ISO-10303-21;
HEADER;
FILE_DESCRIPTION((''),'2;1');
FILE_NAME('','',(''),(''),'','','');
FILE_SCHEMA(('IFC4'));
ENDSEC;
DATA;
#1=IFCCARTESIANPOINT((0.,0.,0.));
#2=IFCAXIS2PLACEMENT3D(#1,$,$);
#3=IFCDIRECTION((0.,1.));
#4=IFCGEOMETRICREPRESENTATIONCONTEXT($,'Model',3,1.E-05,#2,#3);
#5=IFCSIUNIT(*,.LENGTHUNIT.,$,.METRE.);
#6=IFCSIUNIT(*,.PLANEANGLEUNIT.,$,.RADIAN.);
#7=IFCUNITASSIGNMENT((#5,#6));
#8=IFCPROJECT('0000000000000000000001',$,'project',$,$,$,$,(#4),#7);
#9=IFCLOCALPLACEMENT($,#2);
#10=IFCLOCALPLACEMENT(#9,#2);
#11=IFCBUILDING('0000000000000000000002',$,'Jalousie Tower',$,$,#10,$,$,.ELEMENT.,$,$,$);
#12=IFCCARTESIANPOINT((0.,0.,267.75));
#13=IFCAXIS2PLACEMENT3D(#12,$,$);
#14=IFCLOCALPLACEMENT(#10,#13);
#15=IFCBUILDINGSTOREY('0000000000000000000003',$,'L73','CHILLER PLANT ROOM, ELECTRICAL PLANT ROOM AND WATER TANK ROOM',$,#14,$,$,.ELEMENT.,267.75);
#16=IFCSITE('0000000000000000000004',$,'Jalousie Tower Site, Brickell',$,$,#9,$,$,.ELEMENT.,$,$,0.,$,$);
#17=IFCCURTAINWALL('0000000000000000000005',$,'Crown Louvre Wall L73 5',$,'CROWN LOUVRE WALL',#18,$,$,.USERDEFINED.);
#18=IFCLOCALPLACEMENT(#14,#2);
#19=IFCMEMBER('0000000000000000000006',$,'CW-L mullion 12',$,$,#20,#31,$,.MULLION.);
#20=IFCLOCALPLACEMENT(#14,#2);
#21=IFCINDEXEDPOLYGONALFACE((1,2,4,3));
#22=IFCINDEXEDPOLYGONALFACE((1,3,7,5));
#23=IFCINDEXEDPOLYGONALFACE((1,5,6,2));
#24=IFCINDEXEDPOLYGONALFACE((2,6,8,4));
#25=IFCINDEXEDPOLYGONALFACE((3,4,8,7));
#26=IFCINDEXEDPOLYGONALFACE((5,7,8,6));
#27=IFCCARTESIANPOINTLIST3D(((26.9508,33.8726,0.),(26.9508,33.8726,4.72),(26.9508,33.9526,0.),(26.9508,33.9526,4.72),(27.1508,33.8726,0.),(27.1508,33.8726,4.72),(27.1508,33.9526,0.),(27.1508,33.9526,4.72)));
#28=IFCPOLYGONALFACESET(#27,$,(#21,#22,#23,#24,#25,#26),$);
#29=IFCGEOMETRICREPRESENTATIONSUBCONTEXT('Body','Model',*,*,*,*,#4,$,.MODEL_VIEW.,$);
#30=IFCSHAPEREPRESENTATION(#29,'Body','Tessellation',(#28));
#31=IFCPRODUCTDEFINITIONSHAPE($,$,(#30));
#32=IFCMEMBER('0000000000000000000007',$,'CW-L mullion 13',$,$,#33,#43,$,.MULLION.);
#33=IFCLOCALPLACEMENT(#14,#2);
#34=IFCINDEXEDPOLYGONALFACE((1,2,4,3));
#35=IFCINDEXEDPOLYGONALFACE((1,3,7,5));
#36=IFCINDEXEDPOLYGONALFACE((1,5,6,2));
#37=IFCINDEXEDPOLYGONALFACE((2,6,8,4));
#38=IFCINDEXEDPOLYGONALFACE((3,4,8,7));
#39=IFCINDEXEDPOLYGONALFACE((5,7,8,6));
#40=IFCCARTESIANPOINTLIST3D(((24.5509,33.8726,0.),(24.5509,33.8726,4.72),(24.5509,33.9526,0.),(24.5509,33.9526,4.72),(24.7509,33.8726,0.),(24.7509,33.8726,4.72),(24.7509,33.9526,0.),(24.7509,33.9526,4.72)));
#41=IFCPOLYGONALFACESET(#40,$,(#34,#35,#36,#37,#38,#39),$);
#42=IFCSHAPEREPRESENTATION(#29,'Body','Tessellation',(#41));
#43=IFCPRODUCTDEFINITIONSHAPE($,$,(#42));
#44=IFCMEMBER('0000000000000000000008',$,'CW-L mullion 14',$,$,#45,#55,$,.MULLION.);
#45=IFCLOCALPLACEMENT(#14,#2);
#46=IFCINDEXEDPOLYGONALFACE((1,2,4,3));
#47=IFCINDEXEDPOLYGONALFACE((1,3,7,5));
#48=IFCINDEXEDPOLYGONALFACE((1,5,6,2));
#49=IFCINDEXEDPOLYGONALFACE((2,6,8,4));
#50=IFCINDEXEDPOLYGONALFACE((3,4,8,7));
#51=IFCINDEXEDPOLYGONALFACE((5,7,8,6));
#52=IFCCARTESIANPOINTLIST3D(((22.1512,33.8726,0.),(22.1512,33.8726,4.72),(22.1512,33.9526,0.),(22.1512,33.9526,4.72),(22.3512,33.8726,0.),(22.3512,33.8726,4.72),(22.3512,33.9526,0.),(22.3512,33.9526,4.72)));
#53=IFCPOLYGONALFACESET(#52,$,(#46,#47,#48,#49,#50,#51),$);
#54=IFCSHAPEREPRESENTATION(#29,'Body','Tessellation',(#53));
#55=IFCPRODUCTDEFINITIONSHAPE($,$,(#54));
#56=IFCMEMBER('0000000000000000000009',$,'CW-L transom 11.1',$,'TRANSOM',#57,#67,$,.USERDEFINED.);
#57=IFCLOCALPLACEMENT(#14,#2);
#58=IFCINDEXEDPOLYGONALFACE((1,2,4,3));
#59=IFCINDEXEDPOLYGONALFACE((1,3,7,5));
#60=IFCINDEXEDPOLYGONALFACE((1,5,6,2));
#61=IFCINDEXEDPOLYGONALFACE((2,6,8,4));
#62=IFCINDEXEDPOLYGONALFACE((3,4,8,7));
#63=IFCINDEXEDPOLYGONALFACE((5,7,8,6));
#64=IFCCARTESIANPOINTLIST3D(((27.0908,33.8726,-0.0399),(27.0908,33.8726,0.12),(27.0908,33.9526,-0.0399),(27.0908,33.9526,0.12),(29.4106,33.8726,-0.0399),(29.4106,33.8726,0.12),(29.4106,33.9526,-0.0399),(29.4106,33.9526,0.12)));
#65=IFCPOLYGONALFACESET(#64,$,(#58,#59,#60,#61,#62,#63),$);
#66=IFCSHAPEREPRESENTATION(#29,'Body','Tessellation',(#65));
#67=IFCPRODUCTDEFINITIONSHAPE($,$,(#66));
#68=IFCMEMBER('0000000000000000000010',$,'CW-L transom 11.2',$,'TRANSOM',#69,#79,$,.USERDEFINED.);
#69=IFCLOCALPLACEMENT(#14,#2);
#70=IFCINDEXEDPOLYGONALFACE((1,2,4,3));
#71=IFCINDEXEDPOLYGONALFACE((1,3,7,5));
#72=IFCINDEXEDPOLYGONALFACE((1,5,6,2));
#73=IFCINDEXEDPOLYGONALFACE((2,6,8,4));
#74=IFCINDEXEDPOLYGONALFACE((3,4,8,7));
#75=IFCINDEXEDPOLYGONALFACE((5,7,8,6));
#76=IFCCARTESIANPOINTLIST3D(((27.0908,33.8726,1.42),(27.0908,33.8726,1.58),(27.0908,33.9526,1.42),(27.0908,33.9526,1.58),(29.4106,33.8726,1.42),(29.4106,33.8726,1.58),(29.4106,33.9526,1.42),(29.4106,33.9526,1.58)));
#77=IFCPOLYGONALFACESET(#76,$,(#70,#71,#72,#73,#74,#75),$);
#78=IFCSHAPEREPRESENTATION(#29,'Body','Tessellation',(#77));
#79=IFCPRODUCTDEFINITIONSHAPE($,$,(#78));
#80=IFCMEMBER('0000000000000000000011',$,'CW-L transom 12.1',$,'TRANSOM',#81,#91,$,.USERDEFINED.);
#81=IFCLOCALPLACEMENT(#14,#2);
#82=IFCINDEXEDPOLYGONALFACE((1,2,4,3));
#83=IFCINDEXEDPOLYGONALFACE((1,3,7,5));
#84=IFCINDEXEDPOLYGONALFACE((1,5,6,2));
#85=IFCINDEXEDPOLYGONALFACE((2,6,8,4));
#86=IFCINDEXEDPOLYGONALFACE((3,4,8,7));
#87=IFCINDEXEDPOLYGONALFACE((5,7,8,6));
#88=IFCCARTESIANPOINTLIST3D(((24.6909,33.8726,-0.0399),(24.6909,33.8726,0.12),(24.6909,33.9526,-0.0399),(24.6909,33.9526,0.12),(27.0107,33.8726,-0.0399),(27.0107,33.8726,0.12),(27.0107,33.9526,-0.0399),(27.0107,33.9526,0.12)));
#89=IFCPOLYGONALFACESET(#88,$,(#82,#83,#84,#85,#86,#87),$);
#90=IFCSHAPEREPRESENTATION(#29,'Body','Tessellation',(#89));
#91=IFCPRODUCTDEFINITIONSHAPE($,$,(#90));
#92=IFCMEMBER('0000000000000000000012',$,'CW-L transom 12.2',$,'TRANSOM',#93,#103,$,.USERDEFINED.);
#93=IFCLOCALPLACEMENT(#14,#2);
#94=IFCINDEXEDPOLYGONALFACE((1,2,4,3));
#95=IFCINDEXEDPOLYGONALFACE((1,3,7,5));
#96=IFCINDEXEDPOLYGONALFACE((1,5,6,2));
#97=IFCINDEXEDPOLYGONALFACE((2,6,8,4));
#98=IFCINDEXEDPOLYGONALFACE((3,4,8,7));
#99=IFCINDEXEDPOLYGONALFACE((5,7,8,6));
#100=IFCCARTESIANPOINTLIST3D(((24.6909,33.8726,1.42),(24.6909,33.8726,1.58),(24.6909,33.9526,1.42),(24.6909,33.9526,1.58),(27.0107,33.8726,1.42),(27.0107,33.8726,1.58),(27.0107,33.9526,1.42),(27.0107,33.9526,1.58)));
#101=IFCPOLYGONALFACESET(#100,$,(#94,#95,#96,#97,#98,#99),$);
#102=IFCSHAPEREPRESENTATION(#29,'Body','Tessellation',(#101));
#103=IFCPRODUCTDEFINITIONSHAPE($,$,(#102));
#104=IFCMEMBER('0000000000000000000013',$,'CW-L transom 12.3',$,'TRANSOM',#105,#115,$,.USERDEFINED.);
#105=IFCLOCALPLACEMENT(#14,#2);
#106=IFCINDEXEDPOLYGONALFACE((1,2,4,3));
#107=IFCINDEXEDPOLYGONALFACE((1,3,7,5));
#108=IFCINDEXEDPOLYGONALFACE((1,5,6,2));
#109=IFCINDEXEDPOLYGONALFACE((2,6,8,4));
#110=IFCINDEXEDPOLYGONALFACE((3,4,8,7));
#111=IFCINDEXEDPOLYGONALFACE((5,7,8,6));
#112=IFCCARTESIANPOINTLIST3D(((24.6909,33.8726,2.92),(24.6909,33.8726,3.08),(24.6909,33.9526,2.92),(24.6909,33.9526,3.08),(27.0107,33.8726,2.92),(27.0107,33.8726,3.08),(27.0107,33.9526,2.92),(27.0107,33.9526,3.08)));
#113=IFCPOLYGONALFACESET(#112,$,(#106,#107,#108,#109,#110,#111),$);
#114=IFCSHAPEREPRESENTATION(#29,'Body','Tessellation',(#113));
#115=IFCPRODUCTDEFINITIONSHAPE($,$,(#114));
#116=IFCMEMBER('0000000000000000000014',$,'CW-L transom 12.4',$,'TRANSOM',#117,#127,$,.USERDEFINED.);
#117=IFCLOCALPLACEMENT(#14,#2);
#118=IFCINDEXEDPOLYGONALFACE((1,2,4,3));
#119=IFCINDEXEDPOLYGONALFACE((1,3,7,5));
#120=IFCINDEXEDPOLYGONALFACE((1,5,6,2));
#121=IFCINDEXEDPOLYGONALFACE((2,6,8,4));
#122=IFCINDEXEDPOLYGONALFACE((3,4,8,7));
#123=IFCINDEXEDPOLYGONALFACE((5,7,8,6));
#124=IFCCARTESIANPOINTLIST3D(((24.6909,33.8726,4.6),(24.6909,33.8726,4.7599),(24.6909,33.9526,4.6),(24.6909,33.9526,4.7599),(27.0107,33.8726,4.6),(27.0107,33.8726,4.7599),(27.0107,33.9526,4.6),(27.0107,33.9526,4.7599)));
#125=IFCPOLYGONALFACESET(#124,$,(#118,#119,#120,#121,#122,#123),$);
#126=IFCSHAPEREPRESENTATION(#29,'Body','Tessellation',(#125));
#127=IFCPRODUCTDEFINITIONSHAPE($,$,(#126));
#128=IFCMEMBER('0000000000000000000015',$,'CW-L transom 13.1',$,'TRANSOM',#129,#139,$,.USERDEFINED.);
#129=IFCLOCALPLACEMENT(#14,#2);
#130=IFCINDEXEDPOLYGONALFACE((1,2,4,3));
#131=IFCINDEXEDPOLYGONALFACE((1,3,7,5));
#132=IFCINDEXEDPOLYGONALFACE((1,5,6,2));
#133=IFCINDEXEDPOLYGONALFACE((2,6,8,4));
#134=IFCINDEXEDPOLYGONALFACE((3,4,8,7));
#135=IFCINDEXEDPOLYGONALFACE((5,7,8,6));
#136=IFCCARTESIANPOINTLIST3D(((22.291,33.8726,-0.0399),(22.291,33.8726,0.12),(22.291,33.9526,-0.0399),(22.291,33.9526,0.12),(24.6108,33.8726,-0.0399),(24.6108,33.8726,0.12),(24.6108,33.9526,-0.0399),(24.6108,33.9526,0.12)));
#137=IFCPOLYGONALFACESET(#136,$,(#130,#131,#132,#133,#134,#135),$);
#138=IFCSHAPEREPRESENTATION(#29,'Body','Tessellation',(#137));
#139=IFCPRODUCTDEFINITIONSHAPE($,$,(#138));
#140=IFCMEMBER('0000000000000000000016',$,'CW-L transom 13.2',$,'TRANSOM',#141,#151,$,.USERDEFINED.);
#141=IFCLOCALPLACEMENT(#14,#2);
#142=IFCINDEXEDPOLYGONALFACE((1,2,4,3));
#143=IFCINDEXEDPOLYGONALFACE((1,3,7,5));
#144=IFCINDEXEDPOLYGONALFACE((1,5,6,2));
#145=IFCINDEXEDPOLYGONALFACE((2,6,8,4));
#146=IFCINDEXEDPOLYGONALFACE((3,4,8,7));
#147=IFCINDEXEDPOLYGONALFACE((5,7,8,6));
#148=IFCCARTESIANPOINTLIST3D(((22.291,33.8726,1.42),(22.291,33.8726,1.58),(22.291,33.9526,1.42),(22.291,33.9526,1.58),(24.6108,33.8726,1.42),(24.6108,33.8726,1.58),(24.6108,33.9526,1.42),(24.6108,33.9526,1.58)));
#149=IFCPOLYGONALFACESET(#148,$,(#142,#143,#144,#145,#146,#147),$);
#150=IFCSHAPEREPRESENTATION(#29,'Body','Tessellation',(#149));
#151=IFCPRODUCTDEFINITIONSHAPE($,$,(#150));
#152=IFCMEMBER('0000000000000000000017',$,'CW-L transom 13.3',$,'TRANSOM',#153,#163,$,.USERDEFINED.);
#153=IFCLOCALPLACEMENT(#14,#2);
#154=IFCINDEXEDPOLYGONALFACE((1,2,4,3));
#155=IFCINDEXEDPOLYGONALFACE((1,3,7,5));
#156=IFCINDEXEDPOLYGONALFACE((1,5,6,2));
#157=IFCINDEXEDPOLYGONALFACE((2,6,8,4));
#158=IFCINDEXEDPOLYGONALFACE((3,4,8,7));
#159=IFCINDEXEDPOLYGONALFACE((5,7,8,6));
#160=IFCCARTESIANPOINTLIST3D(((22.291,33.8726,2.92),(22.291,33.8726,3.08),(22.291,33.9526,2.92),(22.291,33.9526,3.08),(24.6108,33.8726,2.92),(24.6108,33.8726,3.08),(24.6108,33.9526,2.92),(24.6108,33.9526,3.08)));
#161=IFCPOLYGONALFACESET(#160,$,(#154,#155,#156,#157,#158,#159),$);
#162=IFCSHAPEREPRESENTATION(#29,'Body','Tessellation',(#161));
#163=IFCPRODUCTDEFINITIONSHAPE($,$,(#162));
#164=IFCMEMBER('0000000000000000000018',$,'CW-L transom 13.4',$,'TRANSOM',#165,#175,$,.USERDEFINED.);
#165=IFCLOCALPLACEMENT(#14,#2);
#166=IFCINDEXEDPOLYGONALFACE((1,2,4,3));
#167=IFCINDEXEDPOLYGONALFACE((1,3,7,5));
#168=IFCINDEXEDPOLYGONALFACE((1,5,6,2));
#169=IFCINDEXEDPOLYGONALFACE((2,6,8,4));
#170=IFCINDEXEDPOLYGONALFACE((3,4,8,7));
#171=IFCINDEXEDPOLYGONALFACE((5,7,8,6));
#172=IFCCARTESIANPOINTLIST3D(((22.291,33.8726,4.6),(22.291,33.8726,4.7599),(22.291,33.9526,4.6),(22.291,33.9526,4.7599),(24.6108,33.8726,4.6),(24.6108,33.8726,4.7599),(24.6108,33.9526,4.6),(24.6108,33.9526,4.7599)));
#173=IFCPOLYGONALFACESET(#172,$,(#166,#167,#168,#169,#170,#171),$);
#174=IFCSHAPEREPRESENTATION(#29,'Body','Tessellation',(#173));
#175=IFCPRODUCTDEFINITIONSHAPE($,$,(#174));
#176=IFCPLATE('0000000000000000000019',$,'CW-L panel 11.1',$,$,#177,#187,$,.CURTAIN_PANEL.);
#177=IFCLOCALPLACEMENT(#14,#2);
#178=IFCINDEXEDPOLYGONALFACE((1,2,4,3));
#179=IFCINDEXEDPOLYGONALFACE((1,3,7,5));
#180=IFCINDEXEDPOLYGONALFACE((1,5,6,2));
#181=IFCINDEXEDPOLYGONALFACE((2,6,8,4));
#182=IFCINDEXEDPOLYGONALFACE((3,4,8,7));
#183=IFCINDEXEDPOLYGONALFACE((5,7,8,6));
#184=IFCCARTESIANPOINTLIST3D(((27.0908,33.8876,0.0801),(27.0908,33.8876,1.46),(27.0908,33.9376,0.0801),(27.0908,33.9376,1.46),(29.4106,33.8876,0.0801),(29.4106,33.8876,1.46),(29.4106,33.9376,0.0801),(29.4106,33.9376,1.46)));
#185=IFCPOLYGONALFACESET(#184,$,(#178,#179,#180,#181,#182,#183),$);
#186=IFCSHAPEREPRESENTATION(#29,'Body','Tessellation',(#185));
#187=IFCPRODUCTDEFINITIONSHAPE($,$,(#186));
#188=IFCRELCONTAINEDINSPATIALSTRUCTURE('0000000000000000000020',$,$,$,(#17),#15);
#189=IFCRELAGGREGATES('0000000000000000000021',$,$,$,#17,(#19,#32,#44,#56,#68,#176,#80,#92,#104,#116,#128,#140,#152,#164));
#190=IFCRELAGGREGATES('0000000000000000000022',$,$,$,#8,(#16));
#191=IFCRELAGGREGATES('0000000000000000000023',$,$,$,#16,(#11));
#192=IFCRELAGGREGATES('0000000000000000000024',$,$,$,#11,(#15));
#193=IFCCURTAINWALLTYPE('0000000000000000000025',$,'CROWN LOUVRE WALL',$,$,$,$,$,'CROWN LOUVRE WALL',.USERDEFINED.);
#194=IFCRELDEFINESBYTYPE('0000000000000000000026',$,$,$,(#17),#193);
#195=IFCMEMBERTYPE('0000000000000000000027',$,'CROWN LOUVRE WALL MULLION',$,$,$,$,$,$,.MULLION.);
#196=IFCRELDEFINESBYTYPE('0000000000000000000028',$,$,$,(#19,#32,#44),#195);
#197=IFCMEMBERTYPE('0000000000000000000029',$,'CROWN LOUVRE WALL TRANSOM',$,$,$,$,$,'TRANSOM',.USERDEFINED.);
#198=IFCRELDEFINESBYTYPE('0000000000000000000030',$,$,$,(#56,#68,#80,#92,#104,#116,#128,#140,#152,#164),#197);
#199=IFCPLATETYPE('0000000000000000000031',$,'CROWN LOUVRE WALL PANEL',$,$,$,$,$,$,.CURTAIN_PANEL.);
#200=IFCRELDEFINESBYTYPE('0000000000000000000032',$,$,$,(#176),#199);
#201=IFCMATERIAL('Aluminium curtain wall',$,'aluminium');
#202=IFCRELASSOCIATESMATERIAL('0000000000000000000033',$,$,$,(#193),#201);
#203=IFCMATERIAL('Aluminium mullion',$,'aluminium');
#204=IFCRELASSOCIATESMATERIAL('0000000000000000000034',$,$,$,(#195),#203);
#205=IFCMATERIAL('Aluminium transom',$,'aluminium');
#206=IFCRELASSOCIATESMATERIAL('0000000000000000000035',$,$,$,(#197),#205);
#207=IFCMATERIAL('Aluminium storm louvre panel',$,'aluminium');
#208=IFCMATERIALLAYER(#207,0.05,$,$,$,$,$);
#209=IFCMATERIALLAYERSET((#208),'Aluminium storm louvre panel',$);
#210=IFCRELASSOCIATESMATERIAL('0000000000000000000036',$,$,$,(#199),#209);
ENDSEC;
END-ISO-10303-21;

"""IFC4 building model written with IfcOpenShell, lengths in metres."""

from ifc_helpers import new_model, si_unit, direction, frame, origin, origin_2d, place, context, subcontext, project, spatial, rectangle, extrude, material, layer, layer_set, material_profile, profile_set, type_object, element, aggregate, save


model = new_model("IFC4")

# Units and contexts
model_context = context("Model", 3, precision=1e-05, world=origin(), true_north=direction((0.0, 1.0)))
body_context = subcontext(model_context, "Body", "Model", "MODEL_VIEW")
ifc_project = project(units=[si_unit("LENGTHUNIT", "METRE"), si_unit("PLANEANGLEUNIT", "RADIAN")], contexts=[model_context])

# Site, building, storey
site_placement = place(None, origin())
site = spatial("IfcSite", under=ifc_project, at=site_placement, Name="Jalousie Tower Site, Brickell", CompositionType="ELEMENT", RefElevation=0.0)
building_placement = place(site_placement, origin())
building = spatial("IfcBuilding", under=site, at=building_placement, Name="Jalousie Tower", CompositionType="ELEMENT")
storey_placement = place(building_placement, frame((0.0, 0.0, 267.75)))
storey = spatial("IfcBuildingStorey", under=building, at=storey_placement, Name="L73", Description="CHILLER PLANT ROOM, ELECTRICAL PLANT ROOM AND WATER TANK ROOM", CompositionType="ELEMENT", Elevation=267.75)

# Curtain wall, members, plate
ifc_material_1 = material(Name="Aluminium curtain wall", Category="aluminium")
curtain_wall_type = type_object("IfcCurtainWallType", Name="CROWN LOUVRE WALL", ElementType="CROWN LOUVRE WALL", PredefinedType="USERDEFINED", material=ifc_material_1)
curtain_wall_placement = place(storey_placement, origin())
curtain_wall = element("IfcCurtainWall", 1, at=curtain_wall_placement, inside=storey, type_object=curtain_wall_type, Name="Crown Louvre Wall L73 5", ObjectType="CROWN LOUVRE WALL", PredefinedType="USERDEFINED")
ifc_material_2 = material(Name="Aluminium mullion", Category="aluminium")
ifc_material_profile_1 = material_profile(ifc_material_2, rectangle(XDim=0.0801, YDim=0.2, at=origin_2d()), Name="MULLION 80x200")
ifc_profile_set_1 = profile_set([ifc_material_profile_1], Name="Aluminium mullion")
member_type_1 = type_object("IfcMemberType", Name="CROWN LOUVRE WALL MULLION", PredefinedType="MULLION", material=ifc_profile_set_1)
member_1_placement = place(storey_placement, frame((27.0508, 33.9126, 0.0), z_axis=(0.0, 0.0, 1.0), x_axis=(0.0, -1.0, 0.0)))
member_1 = element("IfcMember", 2, at=member_1_placement, type_object=member_type_1, Name="CW-L mullion 12", PredefinedType="MULLION", context=body_context, shape_type="SweptSolid", body=[
    extrude(rectangle(XDim=0.0801, YDim=0.2, at=origin_2d()), origin(), (0.0, 0.0, 1.0), 4.72),
])
member_2_placement = place(storey_placement, frame((24.6509, 33.9126, 0.0), z_axis=(0.0, 0.0, 1.0), x_axis=(0.0, -1.0, 0.0)))
member_2 = element("IfcMember", 3, at=member_2_placement, type_object=member_type_1, Name="CW-L mullion 13", PredefinedType="MULLION", context=body_context, shape_type="SweptSolid", body=[
    extrude(rectangle(XDim=0.0801, YDim=0.2, at=origin_2d()), origin(), (0.0, 0.0, 1.0), 4.72),
])
member_3_placement = place(storey_placement, frame((22.2512, 33.9126, 0.0), z_axis=(0.0, 0.0, 1.0), x_axis=(0.0, -1.0, 0.0)))
member_3 = element("IfcMember", 4, at=member_3_placement, type_object=member_type_1, Name="CW-L mullion 14", PredefinedType="MULLION", context=body_context, shape_type="SweptSolid", body=[
    extrude(rectangle(XDim=0.0801, YDim=0.2, at=origin_2d()), origin(), (0.0, 0.0, 1.0), 4.72),
])
ifc_material_3 = material(Name="Aluminium transom", Category="aluminium")
ifc_material_profile_2 = material_profile(ifc_material_3, rectangle(XDim=0.0801, YDim=0.1599, at=origin_2d()), Name="TRANSOM 80x160")
ifc_profile_set_2 = profile_set([ifc_material_profile_2], Name="Aluminium transom")
member_type_2 = type_object("IfcMemberType", Name="CROWN LOUVRE WALL TRANSOM", ElementType="TRANSOM", PredefinedType="USERDEFINED", material=ifc_profile_set_2)
member_4_placement = place(storey_placement, frame((29.4106, 33.9126, 0.04), z_axis=(-1.0, 0.0, 0.0), x_axis=(0.0, -1.0, 0.0)))
member_4 = element("IfcMember", 5, at=member_4_placement, type_object=member_type_2, Name="CW-L transom 11.1", ObjectType="TRANSOM", PredefinedType="USERDEFINED", context=body_context, shape_type="SweptSolid", body=[
    extrude(rectangle(XDim=0.0801, YDim=0.1599, at=origin_2d()), origin(), (0.0, 0.0, 1.0), 2.3198),
])
member_5_placement = place(storey_placement, frame((29.4106, 33.9126, 1.5), z_axis=(-1.0, 0.0, 0.0), x_axis=(0.0, -1.0, 0.0)))
member_5 = element("IfcMember", 6, at=member_5_placement, type_object=member_type_2, Name="CW-L transom 11.2", ObjectType="TRANSOM", PredefinedType="USERDEFINED", context=body_context, shape_type="SweptSolid", body=[
    extrude(rectangle(XDim=0.0801, YDim=0.1599, at=origin_2d()), origin(), (0.0, 0.0, 1.0), 2.3198),
])
member_6_placement = place(storey_placement, frame((27.0107, 33.9126, 0.04), z_axis=(-1.0, 0.0, 0.0), x_axis=(0.0, -1.0, 0.0)))
member_6 = element("IfcMember", 7, at=member_6_placement, type_object=member_type_2, Name="CW-L transom 12.1", ObjectType="TRANSOM", PredefinedType="USERDEFINED", context=body_context, shape_type="SweptSolid", body=[
    extrude(rectangle(XDim=0.0801, YDim=0.1599, at=origin_2d()), origin(), (0.0, 0.0, 1.0), 2.3198),
])
member_7_placement = place(storey_placement, frame((27.0107, 33.9126, 1.5), z_axis=(-1.0, 0.0, 0.0), x_axis=(0.0, -1.0, 0.0)))
member_7 = element("IfcMember", 8, at=member_7_placement, type_object=member_type_2, Name="CW-L transom 12.2", ObjectType="TRANSOM", PredefinedType="USERDEFINED", context=body_context, shape_type="SweptSolid", body=[
    extrude(rectangle(XDim=0.0801, YDim=0.1599, at=origin_2d()), origin(), (0.0, 0.0, 1.0), 2.3198),
])
member_8_placement = place(storey_placement, frame((27.0107, 33.9126, 3.0), z_axis=(-1.0, 0.0, 0.0), x_axis=(0.0, -1.0, 0.0)))
member_8 = element("IfcMember", 9, at=member_8_placement, type_object=member_type_2, Name="CW-L transom 12.3", ObjectType="TRANSOM", PredefinedType="USERDEFINED", context=body_context, shape_type="SweptSolid", body=[
    extrude(rectangle(XDim=0.0801, YDim=0.1599, at=origin_2d()), origin(), (0.0, 0.0, 1.0), 2.3198),
])
member_9_placement = place(storey_placement, frame((27.0107, 33.9126, 4.6799), z_axis=(-1.0, 0.0, 0.0), x_axis=(0.0, -1.0, 0.0)))
member_9 = element("IfcMember", 10, at=member_9_placement, type_object=member_type_2, Name="CW-L transom 12.4", ObjectType="TRANSOM", PredefinedType="USERDEFINED", context=body_context, shape_type="SweptSolid", body=[
    extrude(rectangle(XDim=0.0801, YDim=0.1599, at=origin_2d()), origin(), (0.0, 0.0, 1.0), 2.3198),
])
member_10_placement = place(storey_placement, frame((24.6108, 33.9126, 0.04), z_axis=(-1.0, 0.0, 0.0), x_axis=(0.0, -1.0, 0.0)))
member_10 = element("IfcMember", 11, at=member_10_placement, type_object=member_type_2, Name="CW-L transom 13.1", ObjectType="TRANSOM", PredefinedType="USERDEFINED", context=body_context, shape_type="SweptSolid", body=[
    extrude(rectangle(XDim=0.0801, YDim=0.1599, at=origin_2d()), origin(), (0.0, 0.0, 1.0), 2.3198),
])
member_11_placement = place(storey_placement, frame((24.6108, 33.9126, 1.5), z_axis=(-1.0, 0.0, 0.0), x_axis=(0.0, -1.0, 0.0)))
member_11 = element("IfcMember", 12, at=member_11_placement, type_object=member_type_2, Name="CW-L transom 13.2", ObjectType="TRANSOM", PredefinedType="USERDEFINED", context=body_context, shape_type="SweptSolid", body=[
    extrude(rectangle(XDim=0.0801, YDim=0.1599, at=origin_2d()), origin(), (0.0, 0.0, 1.0), 2.3198),
])
member_12_placement = place(storey_placement, frame((24.6108, 33.9126, 3.0), z_axis=(-1.0, 0.0, 0.0), x_axis=(0.0, -1.0, 0.0)))
member_12 = element("IfcMember", 13, at=member_12_placement, type_object=member_type_2, Name="CW-L transom 13.3", ObjectType="TRANSOM", PredefinedType="USERDEFINED", context=body_context, shape_type="SweptSolid", body=[
    extrude(rectangle(XDim=0.0801, YDim=0.1599, at=origin_2d()), origin(), (0.0, 0.0, 1.0), 2.3198),
])
member_13_placement = place(storey_placement, frame((24.6108, 33.9126, 4.6799), z_axis=(-1.0, 0.0, 0.0), x_axis=(0.0, -1.0, 0.0)))
member_13 = element("IfcMember", 14, at=member_13_placement, type_object=member_type_2, Name="CW-L transom 13.4", ObjectType="TRANSOM", PredefinedType="USERDEFINED", context=body_context, shape_type="SweptSolid", body=[
    extrude(rectangle(XDim=0.0801, YDim=0.1599, at=origin_2d()), origin(), (0.0, 0.0, 1.0), 2.3198),
])
ifc_material_4 = material(Name="Aluminium storm louvre panel", Category="aluminium")
ifc_layer = layer(ifc_material_4, 0.05)
ifc_layer_set = layer_set([ifc_layer], Name="Aluminium storm louvre panel")
plate_type = type_object("IfcPlateType", Name="CROWN LOUVRE WALL PANEL", PredefinedType="CURTAIN_PANEL", material=ifc_layer_set)
plate_1_placement = place(storey_placement, frame((28.2507, 33.9126, 0.0801), z_axis=(0.0, 0.0, 1.0), x_axis=(-1.0, 0.0, 0.0)))
plate_1 = element("IfcPlate", 15, at=plate_1_placement, type_object=plate_type, Name="CW-L panel 11.1", PredefinedType="CURTAIN_PANEL", context=body_context, shape_type="SweptSolid", body=[
    extrude(rectangle(XDim=2.3198, YDim=0.05, at=origin_2d()), origin(), (0.0, 0.0, 1.0), 1.3799),
])
aggregate(curtain_wall, [member_1, member_2, member_3, member_4, member_5, plate_1, member_6, member_7, member_8, member_9, member_10, member_11, member_12, member_13])

save(model, "model.ifc")
